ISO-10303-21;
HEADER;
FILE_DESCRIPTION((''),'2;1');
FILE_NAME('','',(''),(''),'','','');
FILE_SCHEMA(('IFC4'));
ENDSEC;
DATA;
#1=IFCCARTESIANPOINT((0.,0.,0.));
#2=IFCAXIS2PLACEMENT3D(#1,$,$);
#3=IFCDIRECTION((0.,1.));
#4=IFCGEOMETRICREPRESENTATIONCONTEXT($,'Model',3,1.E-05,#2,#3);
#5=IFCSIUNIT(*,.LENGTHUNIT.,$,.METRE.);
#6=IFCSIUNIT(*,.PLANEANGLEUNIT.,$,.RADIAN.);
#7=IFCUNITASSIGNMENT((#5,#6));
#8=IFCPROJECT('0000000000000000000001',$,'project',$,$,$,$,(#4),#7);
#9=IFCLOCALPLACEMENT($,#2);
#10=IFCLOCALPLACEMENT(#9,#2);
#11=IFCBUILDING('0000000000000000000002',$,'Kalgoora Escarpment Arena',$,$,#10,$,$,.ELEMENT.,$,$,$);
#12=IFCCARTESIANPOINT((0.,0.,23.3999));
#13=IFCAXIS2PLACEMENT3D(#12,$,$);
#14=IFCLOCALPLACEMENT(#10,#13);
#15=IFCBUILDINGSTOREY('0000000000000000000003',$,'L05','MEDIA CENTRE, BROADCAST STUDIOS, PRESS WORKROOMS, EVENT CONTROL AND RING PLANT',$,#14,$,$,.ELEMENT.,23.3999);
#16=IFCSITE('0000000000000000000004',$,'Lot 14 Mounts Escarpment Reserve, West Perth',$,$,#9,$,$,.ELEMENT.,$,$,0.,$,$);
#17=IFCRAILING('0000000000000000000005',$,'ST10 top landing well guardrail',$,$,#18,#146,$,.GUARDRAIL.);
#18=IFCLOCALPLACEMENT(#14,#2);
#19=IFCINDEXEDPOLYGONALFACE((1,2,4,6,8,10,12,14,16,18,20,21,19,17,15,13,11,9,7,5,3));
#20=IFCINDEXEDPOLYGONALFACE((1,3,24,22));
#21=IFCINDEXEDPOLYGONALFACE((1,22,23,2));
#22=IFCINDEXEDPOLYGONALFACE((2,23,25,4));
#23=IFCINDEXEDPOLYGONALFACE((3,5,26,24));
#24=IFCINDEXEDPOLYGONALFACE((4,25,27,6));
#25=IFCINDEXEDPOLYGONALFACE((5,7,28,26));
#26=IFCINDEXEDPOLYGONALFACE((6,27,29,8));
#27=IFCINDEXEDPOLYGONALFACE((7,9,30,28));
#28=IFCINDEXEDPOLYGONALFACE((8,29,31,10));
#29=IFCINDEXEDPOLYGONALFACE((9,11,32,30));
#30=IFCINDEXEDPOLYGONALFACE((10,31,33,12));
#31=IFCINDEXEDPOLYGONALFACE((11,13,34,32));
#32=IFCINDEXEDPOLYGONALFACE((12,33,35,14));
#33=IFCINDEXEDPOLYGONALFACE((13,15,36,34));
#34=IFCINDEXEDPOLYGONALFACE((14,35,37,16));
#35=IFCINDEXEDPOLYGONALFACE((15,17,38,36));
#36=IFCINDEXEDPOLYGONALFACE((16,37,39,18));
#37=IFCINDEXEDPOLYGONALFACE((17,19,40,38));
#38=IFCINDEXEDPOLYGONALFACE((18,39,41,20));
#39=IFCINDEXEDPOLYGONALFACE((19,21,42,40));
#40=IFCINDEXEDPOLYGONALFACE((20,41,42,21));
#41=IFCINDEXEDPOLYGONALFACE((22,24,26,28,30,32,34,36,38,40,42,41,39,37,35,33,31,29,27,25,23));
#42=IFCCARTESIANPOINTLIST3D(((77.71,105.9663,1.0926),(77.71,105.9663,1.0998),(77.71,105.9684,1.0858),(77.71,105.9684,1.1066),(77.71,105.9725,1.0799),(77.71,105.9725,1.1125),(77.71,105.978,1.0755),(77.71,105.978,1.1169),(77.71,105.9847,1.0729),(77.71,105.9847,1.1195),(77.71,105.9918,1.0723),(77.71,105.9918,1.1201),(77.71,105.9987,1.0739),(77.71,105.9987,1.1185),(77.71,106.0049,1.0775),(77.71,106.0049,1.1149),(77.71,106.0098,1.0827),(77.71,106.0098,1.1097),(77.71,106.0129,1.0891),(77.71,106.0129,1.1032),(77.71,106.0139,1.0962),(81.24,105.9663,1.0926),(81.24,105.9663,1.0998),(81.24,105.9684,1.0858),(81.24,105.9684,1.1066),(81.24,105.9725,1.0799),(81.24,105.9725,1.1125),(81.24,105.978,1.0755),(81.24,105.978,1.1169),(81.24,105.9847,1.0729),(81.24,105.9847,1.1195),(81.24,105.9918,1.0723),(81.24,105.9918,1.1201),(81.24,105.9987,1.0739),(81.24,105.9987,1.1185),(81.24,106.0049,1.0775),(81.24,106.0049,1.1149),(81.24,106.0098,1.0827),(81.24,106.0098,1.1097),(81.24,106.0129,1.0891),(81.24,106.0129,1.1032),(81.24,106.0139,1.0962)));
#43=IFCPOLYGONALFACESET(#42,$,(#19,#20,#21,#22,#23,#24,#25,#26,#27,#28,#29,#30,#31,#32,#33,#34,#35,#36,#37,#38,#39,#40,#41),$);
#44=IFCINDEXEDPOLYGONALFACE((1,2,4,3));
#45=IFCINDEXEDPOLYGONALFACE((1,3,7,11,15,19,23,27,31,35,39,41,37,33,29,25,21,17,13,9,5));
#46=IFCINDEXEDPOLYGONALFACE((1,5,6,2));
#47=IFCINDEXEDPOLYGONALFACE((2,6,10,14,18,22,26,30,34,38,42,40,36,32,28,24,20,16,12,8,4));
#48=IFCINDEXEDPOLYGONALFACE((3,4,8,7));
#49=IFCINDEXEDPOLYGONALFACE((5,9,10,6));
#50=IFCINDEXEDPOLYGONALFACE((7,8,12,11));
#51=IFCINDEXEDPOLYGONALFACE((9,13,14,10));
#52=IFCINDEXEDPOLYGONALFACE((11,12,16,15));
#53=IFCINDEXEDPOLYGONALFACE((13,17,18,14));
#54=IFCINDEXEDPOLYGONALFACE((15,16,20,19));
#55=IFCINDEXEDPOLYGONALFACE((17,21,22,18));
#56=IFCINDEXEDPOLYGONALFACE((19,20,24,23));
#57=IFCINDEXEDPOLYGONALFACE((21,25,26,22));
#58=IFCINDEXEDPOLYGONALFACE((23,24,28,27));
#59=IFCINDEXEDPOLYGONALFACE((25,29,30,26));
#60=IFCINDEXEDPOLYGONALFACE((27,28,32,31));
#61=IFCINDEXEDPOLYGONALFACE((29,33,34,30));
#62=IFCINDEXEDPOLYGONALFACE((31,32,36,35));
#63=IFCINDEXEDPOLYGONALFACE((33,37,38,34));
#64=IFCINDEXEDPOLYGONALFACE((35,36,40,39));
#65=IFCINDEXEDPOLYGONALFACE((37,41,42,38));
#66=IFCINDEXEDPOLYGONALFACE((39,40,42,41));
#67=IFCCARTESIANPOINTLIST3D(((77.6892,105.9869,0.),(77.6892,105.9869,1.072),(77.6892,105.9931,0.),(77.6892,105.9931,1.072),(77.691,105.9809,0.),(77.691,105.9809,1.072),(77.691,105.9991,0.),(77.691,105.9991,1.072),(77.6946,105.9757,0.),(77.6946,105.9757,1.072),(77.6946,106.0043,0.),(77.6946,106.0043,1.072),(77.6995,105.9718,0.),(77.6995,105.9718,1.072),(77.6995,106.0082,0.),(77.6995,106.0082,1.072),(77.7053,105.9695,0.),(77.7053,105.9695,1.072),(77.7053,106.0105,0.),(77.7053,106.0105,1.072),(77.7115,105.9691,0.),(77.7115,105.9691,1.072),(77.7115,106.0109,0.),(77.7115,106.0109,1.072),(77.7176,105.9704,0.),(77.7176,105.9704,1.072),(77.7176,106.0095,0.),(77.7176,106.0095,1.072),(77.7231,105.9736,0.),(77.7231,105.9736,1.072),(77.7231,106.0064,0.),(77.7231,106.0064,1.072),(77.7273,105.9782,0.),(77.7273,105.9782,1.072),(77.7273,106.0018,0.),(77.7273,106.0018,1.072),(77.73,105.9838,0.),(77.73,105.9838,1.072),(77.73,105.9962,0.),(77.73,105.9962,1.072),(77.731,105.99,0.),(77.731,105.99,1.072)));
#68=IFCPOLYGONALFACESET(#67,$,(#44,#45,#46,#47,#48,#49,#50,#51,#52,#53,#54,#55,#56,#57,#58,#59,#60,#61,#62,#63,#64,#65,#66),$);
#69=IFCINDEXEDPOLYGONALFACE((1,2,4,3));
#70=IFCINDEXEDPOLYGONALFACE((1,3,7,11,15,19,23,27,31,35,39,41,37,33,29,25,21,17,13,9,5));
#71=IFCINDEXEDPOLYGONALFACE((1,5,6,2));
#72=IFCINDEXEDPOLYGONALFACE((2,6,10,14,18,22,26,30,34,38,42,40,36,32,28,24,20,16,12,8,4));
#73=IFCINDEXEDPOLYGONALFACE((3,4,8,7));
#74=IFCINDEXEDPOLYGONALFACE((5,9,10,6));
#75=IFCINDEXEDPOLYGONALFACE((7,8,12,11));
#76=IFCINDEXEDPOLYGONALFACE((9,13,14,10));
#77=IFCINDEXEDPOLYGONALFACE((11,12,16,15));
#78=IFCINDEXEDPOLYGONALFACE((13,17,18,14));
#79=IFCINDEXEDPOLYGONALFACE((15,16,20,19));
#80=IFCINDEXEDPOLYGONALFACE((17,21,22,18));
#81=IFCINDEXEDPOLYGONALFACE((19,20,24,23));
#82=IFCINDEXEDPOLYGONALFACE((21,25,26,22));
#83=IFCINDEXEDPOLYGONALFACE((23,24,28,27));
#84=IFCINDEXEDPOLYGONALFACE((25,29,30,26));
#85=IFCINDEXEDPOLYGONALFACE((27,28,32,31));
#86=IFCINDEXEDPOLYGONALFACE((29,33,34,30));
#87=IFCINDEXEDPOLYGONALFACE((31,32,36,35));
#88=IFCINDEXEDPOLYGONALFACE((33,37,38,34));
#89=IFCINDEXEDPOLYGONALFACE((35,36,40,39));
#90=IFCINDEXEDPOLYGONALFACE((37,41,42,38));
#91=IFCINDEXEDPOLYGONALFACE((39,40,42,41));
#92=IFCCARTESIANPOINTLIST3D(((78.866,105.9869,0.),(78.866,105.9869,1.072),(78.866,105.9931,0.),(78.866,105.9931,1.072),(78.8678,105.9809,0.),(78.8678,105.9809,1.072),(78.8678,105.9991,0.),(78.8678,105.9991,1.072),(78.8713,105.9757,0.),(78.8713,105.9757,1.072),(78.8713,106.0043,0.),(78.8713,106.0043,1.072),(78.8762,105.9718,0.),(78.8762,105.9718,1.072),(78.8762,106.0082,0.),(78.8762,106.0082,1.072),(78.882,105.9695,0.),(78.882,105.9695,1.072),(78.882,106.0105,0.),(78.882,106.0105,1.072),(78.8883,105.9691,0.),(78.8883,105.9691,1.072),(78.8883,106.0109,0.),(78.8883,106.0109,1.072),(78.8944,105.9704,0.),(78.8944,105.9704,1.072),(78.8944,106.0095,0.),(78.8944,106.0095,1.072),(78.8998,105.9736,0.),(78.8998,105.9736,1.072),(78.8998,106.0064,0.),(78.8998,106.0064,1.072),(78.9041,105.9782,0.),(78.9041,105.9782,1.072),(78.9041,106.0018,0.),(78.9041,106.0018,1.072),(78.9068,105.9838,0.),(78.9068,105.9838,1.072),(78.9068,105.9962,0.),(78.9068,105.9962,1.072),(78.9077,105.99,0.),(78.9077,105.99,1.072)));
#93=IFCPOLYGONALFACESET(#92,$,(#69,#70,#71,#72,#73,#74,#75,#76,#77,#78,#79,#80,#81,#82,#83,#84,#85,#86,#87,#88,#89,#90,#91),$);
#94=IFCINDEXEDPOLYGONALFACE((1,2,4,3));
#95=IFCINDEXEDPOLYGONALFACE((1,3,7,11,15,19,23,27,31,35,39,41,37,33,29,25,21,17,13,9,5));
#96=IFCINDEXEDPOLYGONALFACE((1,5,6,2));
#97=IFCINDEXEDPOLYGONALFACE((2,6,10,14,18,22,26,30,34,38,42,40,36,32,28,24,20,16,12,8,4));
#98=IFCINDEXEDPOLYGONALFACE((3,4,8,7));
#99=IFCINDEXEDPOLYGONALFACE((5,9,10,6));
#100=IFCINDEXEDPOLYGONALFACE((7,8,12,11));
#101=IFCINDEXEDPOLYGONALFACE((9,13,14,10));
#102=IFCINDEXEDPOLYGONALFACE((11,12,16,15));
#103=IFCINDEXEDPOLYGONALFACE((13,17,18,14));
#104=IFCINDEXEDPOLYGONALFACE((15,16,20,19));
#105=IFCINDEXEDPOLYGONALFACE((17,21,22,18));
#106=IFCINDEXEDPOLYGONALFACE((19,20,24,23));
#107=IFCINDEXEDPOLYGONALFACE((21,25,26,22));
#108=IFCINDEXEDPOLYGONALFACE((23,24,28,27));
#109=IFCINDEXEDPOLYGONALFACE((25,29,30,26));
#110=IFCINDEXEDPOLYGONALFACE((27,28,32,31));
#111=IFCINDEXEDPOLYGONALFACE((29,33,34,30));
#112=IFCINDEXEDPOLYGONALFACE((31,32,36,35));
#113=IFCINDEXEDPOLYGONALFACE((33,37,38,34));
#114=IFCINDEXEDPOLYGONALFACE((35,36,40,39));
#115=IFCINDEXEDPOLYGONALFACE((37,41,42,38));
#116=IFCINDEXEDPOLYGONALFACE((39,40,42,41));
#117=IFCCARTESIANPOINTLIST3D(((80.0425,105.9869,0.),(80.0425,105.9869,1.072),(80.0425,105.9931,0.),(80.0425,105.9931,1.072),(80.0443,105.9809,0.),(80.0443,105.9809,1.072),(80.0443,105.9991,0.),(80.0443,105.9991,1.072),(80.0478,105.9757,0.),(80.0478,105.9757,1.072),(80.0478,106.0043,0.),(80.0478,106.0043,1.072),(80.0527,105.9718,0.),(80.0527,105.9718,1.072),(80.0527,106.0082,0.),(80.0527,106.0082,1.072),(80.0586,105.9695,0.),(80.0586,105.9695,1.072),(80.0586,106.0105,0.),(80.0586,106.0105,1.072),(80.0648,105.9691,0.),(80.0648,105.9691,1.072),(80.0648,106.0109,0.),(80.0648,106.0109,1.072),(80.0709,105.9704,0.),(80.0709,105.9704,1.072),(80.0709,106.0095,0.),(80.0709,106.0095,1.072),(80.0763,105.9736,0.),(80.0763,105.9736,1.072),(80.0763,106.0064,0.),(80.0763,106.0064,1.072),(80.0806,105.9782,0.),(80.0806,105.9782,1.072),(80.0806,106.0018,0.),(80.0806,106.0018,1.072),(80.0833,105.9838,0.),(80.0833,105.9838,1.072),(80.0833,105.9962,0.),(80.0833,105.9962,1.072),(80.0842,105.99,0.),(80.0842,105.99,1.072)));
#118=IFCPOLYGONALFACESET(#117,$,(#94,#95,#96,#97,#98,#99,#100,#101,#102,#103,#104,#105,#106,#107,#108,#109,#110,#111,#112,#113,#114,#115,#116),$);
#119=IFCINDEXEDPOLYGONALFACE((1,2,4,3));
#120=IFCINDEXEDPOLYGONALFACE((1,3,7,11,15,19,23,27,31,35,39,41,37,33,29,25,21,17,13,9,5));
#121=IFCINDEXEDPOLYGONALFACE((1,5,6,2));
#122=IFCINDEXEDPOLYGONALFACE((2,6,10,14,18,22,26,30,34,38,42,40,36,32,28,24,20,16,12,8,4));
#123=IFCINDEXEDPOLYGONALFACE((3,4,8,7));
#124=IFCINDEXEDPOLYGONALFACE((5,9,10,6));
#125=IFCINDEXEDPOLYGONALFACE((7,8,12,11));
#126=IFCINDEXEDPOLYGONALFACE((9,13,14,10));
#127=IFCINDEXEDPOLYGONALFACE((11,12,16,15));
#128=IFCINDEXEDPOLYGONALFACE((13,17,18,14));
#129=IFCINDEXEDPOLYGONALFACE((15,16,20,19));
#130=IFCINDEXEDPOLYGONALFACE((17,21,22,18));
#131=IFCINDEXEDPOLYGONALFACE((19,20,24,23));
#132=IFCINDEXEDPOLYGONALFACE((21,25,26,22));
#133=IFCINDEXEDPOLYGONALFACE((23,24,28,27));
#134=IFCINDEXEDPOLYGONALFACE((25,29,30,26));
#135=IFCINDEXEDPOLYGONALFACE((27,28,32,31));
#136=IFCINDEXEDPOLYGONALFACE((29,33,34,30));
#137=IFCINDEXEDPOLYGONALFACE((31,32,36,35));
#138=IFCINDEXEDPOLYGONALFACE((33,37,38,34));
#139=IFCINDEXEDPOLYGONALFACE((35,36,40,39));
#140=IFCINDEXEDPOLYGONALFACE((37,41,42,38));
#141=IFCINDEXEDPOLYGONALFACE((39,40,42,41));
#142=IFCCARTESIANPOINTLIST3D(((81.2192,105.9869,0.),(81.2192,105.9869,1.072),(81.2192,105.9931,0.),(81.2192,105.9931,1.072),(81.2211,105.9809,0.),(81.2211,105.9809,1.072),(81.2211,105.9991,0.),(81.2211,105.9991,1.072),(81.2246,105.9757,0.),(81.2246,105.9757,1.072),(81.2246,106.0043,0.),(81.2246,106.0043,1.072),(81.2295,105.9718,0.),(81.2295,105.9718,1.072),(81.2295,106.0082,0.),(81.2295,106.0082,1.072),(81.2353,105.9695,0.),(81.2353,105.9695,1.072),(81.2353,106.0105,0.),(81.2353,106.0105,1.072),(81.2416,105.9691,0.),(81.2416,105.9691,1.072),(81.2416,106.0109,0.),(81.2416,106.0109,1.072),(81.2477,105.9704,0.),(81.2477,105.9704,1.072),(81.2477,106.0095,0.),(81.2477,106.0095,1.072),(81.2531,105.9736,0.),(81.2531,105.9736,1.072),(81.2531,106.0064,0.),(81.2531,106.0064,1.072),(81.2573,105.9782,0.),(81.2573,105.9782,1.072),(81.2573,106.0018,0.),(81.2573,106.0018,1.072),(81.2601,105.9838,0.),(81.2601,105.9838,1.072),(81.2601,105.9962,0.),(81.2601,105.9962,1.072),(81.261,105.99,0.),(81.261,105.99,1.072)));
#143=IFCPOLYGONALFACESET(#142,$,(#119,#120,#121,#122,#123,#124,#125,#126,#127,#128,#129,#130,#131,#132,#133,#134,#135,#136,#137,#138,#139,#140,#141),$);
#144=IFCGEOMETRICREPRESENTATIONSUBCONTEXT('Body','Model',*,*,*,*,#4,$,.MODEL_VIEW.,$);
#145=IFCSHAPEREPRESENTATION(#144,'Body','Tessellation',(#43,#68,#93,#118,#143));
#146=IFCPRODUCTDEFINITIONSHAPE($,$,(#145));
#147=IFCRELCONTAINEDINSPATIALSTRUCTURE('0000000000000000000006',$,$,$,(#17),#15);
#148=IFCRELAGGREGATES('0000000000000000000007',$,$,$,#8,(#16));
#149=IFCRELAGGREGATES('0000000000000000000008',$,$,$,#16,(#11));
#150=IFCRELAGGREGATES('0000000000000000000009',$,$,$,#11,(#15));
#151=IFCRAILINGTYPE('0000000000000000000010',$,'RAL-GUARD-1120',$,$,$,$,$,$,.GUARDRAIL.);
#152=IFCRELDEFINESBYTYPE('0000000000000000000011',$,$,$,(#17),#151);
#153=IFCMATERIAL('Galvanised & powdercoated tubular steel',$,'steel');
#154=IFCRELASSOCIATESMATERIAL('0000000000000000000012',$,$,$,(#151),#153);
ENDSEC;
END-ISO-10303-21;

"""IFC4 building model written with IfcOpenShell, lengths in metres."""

from ifc_helpers import new_model, si_unit, direction, frame, origin, origin_2d, place, context, subcontext, project, spatial, circle, extrude, material, type_object, element, save


model = new_model("IFC4")

# Units and contexts
model_context = context("Model", 3, precision=1e-05, world=origin(), true_north=direction((0.0, 1.0)))
body_context = subcontext(model_context, "Body", "Model", "MODEL_VIEW")
ifc_project = project(units=[si_unit("LENGTHUNIT", "METRE"), si_unit("PLANEANGLEUNIT", "RADIAN")], contexts=[model_context])

# Site, building, storey
site_placement = place(None, origin())
site = spatial("IfcSite", under=ifc_project, at=site_placement, Name="Lot 14 Mounts Escarpment Reserve, West Perth", CompositionType="ELEMENT", RefElevation=0.0)
building_placement = place(site_placement, origin())
building = spatial("IfcBuilding", under=site, at=building_placement, Name="Kalgoora Escarpment Arena", CompositionType="ELEMENT")
storey_placement = place(building_placement, frame((0.0, 0.0, 23.3999)))
storey = spatial("IfcBuildingStorey", under=building, at=storey_placement, Name="L05", Description="MEDIA CENTRE, BROADCAST STUDIOS, PRESS WORKROOMS, EVENT CONTROL AND RING PLANT", CompositionType="ELEMENT", Elevation=23.3999)

# Railing
ifc_material_1 = material(Name="Galvanised & powdercoated tubular steel", Category="steel")
railing_type = type_object("IfcRailingType", Name="RAL-GUARD-1120", PredefinedType="GUARDRAIL", material=ifc_material_1)
railing_placement = place(storey_placement, frame((77.71, 105.99, 0.0)))
element("IfcRailing", 1, at=railing_placement, inside=storey, type_object=railing_type, Name="ST10 top landing well guardrail", PredefinedType="GUARDRAIL", context=body_context, shape_type="SweptSolid", body=[
    extrude(circle(Radius=0.0239, at=origin_2d()), frame((0.0, 0.0, 1.0962), z_axis=(1.0, 0.0, 0.0), x_axis=(0.0, 1.0, 0.0)), (0.0, 0.0, 1.0), 3.53),
    extrude(circle(Radius=0.021, at=origin_2d()), origin(), (0.0, 0.0, 1.0), 1.072),
    extrude(circle(Radius=0.021, at=origin_2d()), frame((1.1768, 0.0, 0.0)), (0.0, 0.0, 1.0), 1.072),
    extrude(circle(Radius=0.021, at=origin_2d()), frame((2.3533, 0.0, 0.0)), (0.0, 0.0, 1.0), 1.072),
    extrude(circle(Radius=0.021, at=origin_2d()), frame((3.53, 0.0, 0.0)), (0.0, 0.0, 1.0), 1.072),
])

save(model, "model.ifc")
